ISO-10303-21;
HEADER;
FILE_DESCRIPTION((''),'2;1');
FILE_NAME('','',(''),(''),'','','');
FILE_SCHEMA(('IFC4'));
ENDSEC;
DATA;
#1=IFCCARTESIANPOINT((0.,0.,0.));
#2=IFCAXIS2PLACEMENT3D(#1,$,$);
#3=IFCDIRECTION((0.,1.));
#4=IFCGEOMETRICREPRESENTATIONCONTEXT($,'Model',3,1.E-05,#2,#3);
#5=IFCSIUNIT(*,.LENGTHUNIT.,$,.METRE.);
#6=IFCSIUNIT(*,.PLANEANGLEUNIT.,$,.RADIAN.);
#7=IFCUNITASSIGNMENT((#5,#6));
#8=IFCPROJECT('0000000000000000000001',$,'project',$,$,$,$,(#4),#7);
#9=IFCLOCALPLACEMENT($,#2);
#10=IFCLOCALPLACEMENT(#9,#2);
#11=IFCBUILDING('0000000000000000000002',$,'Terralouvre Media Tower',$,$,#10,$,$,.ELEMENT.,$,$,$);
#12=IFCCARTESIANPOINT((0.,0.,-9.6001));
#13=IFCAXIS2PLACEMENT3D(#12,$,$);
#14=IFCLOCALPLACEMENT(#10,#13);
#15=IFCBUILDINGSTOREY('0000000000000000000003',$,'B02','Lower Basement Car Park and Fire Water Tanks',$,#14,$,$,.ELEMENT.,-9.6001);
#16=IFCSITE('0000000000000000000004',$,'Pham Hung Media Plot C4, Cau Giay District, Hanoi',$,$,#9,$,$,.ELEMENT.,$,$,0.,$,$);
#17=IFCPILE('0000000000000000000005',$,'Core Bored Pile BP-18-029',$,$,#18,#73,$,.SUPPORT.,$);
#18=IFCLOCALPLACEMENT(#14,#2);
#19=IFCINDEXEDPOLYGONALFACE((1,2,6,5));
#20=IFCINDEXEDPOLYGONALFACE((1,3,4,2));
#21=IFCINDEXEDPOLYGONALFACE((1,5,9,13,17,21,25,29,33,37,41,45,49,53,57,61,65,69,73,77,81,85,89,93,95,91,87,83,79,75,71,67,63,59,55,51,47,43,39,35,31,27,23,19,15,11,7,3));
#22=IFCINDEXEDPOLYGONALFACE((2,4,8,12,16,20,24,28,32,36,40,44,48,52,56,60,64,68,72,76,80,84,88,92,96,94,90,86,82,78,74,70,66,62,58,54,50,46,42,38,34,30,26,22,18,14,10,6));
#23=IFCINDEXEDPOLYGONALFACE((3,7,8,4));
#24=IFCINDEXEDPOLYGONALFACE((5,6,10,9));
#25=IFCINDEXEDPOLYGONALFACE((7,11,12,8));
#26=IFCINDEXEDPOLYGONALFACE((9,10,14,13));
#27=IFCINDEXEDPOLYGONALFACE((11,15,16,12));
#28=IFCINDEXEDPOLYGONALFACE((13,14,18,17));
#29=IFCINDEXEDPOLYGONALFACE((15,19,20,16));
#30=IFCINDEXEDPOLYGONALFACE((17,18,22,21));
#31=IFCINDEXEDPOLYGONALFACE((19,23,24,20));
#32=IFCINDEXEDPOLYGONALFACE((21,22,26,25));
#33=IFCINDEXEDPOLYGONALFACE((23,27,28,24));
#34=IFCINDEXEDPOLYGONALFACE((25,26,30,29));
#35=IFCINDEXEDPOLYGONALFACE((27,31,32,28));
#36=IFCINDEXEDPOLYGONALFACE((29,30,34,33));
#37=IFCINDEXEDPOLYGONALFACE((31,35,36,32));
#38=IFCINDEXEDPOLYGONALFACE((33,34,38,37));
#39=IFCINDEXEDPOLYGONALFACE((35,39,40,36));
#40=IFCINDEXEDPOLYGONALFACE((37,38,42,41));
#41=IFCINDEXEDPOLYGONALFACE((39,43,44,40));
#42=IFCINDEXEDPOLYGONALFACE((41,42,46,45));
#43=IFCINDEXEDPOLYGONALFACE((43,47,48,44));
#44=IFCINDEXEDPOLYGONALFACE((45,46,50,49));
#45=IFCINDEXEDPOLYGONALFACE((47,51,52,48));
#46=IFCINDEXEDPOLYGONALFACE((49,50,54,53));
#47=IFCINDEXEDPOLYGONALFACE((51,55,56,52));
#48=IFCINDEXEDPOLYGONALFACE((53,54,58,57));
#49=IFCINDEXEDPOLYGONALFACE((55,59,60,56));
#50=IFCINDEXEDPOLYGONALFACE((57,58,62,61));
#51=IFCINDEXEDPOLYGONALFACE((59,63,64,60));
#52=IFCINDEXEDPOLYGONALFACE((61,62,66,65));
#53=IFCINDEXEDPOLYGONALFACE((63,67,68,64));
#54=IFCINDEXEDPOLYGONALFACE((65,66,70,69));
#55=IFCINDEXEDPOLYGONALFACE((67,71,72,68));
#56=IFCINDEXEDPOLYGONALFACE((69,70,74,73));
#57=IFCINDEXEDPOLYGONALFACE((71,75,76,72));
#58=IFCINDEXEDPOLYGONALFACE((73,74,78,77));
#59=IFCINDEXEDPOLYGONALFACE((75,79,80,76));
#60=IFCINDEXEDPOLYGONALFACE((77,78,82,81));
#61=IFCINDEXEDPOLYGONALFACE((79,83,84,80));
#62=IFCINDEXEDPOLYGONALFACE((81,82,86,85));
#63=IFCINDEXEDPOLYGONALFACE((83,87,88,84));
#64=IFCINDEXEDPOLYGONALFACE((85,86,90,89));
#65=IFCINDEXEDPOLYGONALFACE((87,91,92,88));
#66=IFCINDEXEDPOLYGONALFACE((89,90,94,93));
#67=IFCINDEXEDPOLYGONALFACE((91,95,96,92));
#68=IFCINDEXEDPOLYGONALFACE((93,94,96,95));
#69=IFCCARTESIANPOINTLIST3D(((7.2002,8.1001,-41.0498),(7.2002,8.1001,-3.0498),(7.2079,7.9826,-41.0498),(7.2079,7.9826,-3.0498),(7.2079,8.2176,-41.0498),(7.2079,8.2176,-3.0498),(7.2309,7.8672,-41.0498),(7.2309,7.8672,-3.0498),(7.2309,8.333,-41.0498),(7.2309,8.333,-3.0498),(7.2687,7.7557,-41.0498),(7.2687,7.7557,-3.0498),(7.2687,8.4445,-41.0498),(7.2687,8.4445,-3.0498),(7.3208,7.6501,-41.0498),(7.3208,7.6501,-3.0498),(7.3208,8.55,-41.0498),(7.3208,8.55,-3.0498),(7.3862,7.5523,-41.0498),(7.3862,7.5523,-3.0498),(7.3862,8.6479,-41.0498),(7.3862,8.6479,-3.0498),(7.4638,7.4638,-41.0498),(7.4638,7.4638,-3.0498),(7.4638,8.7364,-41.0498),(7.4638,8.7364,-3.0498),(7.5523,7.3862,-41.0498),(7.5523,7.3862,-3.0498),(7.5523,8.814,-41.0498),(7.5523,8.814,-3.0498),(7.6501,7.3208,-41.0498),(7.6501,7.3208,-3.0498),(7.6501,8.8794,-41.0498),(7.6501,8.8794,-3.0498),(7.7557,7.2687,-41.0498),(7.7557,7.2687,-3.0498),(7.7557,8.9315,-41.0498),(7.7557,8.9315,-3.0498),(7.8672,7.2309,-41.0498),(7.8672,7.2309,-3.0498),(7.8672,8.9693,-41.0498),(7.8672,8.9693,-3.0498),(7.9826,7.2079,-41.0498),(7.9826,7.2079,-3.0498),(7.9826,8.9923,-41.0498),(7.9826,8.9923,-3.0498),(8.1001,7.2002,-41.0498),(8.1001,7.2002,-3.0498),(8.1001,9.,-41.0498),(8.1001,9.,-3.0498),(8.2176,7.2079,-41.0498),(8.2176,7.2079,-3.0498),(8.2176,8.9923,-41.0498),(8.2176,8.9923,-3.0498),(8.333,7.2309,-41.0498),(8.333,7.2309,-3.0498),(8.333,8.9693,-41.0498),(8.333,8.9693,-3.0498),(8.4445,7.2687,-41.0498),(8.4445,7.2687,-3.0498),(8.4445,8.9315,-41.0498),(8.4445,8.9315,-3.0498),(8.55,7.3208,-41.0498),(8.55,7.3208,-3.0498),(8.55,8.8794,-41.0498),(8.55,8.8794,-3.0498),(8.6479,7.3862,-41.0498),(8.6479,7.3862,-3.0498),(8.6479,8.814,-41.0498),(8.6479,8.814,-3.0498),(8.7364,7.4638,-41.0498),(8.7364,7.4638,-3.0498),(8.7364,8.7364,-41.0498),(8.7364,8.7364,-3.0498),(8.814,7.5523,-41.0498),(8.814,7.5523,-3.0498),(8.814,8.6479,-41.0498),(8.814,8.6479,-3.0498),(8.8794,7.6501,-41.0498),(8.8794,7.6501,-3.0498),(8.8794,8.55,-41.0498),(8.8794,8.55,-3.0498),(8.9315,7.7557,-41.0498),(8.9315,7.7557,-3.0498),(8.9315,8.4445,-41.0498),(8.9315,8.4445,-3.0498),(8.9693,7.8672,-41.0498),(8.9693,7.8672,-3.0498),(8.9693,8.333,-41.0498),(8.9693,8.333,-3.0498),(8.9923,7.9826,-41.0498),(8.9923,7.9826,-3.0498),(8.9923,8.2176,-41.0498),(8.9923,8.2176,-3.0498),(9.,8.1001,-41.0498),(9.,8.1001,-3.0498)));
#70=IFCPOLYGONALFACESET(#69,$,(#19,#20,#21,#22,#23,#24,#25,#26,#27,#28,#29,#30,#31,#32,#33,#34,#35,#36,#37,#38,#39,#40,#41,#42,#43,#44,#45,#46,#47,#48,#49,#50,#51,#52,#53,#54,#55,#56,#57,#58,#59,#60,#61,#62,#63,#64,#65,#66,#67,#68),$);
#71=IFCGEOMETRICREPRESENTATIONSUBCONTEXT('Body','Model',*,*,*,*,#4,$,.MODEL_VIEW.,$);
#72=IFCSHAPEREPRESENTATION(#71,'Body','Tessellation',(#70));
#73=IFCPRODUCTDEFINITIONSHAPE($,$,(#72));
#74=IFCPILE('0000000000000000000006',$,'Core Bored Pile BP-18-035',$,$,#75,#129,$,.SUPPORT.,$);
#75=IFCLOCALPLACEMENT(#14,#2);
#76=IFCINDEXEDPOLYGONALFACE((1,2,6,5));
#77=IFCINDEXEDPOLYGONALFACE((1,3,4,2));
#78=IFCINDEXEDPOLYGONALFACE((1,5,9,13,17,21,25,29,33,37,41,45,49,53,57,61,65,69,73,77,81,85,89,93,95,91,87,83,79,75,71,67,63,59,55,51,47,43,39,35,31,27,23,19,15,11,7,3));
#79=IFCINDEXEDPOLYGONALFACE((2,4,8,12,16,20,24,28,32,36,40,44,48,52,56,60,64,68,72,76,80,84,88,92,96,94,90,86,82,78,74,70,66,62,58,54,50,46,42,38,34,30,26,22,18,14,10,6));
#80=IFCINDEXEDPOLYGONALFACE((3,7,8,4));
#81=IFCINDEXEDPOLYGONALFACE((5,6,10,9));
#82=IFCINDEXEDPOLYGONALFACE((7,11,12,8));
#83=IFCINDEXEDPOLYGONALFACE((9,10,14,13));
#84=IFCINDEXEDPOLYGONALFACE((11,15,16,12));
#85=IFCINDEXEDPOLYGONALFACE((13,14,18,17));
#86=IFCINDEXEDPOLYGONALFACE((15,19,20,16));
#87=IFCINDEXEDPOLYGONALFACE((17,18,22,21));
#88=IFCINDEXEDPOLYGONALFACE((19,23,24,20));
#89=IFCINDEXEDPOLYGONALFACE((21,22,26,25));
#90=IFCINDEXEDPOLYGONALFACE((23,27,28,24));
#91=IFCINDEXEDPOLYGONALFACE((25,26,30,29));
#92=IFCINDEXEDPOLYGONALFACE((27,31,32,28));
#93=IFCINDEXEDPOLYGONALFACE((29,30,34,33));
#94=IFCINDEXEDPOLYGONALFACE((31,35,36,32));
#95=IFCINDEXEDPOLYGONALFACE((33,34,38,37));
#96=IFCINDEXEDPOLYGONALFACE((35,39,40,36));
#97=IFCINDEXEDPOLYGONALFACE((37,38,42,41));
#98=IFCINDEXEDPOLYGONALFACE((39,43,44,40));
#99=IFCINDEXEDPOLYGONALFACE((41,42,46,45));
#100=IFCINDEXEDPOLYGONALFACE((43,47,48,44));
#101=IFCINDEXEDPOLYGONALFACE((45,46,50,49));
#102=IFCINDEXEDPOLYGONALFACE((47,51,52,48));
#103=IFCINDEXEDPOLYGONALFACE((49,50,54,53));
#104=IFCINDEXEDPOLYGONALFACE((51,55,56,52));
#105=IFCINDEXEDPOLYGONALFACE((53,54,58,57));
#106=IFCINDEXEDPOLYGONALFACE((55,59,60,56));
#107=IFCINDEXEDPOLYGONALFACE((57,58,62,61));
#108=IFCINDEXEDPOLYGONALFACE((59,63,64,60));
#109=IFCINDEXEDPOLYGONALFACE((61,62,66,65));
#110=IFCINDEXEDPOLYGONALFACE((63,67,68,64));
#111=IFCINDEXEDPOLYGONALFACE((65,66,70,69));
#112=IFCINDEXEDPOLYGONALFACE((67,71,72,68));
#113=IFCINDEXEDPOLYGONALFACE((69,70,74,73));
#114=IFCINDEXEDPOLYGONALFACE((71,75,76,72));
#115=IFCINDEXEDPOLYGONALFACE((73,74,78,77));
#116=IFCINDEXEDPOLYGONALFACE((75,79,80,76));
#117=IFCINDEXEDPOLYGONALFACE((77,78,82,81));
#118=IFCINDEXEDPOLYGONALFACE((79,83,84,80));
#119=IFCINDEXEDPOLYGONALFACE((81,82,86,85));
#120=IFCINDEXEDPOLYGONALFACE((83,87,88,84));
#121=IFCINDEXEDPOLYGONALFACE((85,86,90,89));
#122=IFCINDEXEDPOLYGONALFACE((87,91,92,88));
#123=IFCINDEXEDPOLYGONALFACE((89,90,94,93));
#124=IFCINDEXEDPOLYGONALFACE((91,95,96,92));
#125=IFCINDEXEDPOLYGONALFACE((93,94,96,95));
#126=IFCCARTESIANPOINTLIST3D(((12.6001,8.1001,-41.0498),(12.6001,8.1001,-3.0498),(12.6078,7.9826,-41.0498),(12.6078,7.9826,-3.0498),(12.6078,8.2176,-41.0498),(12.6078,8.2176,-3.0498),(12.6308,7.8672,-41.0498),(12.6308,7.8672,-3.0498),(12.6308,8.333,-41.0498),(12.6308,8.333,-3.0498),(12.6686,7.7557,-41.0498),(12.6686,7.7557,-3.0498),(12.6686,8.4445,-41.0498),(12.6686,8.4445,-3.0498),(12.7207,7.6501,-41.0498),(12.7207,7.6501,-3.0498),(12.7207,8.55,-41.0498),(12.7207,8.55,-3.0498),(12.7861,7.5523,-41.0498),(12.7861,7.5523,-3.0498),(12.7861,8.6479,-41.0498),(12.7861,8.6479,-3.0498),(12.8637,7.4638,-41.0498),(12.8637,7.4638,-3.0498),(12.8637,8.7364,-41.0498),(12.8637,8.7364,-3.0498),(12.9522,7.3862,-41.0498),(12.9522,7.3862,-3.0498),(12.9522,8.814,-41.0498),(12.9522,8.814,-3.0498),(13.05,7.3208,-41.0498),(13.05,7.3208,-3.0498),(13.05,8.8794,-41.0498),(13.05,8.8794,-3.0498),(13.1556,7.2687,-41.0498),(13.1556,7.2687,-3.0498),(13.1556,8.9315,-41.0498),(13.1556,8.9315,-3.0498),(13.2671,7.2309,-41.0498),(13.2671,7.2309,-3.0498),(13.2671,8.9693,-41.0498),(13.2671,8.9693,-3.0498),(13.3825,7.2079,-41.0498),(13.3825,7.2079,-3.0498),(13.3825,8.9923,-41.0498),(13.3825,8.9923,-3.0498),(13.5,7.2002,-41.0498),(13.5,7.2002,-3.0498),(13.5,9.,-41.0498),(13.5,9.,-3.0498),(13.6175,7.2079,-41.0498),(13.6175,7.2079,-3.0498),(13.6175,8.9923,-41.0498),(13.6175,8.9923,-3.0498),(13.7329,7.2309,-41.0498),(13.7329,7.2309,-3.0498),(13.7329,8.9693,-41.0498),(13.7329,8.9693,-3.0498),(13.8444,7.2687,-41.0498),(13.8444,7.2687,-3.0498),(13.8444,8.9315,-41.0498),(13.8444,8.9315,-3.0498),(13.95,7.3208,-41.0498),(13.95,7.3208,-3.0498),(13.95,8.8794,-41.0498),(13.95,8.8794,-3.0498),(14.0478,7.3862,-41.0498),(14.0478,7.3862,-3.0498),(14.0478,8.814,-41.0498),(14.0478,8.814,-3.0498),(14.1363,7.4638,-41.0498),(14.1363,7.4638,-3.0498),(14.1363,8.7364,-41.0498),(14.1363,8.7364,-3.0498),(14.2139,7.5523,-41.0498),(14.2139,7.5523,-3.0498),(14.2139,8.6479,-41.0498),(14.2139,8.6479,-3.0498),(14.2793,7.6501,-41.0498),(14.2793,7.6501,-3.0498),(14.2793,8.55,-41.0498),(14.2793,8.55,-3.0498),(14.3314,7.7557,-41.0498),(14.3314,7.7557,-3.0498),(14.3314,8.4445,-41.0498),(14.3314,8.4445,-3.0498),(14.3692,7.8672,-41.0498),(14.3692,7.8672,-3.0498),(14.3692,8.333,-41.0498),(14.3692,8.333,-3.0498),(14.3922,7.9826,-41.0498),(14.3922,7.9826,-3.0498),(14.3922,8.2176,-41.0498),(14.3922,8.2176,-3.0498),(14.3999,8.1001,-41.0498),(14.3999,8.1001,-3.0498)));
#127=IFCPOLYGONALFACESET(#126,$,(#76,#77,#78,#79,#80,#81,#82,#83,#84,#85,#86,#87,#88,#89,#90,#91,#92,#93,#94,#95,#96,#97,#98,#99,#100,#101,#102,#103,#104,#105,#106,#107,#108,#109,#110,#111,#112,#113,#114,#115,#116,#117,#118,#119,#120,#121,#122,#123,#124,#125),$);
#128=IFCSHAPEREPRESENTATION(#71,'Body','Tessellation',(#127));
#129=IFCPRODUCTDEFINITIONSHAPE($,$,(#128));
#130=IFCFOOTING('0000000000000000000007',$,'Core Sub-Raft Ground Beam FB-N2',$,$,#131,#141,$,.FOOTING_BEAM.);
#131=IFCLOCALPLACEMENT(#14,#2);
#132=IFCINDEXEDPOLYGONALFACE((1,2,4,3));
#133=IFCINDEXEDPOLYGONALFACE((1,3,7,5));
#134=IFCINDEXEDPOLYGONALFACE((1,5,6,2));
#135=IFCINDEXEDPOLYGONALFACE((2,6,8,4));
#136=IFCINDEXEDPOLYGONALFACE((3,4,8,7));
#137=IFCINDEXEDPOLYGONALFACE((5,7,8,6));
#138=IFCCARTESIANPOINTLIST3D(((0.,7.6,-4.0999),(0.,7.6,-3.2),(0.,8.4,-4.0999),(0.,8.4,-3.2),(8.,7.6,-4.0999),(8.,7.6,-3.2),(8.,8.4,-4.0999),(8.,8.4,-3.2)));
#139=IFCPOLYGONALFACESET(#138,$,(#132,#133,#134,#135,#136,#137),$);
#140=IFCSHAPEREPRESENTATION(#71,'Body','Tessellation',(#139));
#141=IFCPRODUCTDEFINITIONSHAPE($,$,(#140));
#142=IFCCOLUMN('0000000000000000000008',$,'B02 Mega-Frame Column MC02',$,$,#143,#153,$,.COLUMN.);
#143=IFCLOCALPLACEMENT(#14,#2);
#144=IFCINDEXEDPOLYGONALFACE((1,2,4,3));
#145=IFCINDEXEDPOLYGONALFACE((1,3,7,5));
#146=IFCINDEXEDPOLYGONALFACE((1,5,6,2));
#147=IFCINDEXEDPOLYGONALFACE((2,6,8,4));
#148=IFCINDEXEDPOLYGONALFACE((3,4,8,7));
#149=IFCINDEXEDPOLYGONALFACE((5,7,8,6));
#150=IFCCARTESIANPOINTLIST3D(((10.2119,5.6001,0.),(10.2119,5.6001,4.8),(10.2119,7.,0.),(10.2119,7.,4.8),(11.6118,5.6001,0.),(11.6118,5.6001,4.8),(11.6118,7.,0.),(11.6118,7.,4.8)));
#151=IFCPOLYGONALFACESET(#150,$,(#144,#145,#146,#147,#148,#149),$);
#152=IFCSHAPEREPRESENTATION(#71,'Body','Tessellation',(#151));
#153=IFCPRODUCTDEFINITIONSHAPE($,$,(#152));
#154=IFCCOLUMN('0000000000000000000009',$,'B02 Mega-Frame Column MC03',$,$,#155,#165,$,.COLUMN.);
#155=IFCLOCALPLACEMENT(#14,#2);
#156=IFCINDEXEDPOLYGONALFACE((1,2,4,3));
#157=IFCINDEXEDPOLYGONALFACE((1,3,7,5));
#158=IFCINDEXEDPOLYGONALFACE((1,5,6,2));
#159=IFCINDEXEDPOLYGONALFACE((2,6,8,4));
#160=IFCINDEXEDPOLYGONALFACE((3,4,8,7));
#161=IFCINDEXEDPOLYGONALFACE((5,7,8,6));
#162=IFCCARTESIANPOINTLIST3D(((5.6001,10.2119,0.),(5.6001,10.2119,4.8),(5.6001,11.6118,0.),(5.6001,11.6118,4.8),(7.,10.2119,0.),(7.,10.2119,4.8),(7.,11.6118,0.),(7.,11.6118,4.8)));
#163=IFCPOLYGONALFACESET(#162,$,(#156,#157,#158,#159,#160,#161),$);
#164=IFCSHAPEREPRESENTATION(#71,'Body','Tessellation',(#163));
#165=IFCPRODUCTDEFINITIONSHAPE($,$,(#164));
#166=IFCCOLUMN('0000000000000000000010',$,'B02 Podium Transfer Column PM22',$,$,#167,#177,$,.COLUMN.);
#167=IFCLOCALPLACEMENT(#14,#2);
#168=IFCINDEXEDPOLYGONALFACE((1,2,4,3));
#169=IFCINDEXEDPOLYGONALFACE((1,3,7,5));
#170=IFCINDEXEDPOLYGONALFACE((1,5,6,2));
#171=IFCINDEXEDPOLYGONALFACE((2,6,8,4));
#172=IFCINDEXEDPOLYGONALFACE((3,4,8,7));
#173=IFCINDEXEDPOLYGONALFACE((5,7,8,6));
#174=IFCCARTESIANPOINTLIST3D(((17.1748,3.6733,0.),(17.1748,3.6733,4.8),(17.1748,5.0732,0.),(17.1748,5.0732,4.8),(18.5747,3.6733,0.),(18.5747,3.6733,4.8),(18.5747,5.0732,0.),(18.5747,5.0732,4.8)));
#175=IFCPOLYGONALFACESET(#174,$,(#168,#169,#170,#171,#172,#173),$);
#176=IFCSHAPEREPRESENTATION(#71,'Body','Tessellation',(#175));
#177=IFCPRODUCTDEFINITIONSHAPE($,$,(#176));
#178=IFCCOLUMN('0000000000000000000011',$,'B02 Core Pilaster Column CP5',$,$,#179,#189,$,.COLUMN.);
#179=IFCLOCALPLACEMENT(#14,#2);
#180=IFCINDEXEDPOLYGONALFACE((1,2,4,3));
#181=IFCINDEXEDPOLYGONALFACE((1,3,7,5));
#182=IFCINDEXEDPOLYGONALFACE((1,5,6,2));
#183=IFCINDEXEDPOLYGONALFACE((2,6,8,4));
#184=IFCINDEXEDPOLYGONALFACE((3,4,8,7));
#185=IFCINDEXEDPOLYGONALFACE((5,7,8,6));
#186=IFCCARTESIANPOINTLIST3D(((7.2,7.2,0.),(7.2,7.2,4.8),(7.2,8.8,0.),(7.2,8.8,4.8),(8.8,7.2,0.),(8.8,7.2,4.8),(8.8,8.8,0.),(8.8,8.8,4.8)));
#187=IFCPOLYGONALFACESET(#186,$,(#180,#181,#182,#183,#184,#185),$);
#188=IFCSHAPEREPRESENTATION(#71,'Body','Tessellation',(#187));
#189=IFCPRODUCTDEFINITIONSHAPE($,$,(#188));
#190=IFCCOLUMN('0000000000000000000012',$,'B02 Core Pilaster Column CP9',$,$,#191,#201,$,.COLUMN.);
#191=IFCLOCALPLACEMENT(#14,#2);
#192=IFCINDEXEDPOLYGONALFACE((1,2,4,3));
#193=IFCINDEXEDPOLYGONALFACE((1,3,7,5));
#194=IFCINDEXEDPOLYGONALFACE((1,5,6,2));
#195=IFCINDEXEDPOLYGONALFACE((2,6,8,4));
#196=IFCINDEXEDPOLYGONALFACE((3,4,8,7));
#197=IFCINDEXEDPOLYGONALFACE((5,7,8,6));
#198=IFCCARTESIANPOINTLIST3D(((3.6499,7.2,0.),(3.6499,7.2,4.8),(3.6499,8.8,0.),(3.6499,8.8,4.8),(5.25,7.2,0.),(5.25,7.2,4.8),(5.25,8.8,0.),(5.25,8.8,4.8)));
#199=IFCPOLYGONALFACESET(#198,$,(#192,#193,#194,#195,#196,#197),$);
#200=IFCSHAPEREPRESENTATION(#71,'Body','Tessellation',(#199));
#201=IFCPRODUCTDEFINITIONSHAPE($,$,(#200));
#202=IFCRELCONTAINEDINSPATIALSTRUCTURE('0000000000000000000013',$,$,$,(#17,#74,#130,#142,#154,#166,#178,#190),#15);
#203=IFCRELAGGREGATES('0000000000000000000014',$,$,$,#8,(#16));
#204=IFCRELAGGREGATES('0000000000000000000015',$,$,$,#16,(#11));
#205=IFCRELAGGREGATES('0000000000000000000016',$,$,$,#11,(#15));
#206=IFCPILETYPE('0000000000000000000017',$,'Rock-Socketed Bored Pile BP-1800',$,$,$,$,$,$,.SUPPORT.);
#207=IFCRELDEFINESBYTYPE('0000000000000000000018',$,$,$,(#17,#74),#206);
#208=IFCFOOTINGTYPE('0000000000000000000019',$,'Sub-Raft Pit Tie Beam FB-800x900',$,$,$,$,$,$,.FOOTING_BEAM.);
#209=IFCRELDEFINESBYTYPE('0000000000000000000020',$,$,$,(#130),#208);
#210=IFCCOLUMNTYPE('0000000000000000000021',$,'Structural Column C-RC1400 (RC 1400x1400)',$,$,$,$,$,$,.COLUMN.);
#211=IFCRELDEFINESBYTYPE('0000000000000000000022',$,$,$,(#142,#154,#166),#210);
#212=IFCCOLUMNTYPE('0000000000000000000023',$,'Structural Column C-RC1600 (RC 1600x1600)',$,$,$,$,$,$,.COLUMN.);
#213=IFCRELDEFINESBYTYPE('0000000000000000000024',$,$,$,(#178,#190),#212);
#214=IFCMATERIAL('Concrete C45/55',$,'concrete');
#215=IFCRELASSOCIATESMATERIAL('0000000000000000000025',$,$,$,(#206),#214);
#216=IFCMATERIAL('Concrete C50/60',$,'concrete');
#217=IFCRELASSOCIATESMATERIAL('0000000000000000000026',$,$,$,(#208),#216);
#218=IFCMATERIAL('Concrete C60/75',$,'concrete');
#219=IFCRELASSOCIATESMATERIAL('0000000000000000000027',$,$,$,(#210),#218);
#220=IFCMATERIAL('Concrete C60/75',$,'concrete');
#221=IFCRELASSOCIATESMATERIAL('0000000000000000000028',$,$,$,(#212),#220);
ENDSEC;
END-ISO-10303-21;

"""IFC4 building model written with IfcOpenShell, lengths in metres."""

from ifc_helpers import new_model, si_unit, direction, frame, origin, origin_2d, place, context, subcontext, project, spatial, rectangle, circle, extrude, material, material_profile, profile_set, type_object, element, save


model = new_model("IFC4")

# Units and contexts
model_context = context("Model", 3, precision=1e-05, world=origin(), true_north=direction((0.0, 1.0)))
body_context = subcontext(model_context, "Body", "Model", "MODEL_VIEW")
ifc_project = project(units=[si_unit("LENGTHUNIT", "METRE"), si_unit("PLANEANGLEUNIT", "RADIAN")], contexts=[model_context])

# Site, building, storey
site_placement = place(None, origin())
site = spatial("IfcSite", under=ifc_project, at=site_placement, Name="Pham Hung Media Plot C4, Cau Giay District, Hanoi", CompositionType="ELEMENT", RefElevation=0.0)
building_placement = place(site_placement, origin())
building = spatial("IfcBuilding", under=site, at=building_placement, Name="Terralouvre Media Tower", CompositionType="ELEMENT")
storey_placement = place(building_placement, frame((0.0, 0.0, -9.6001)))
storey = spatial("IfcBuildingStorey", under=building, at=storey_placement, Name="B02", Description="Lower Basement Car Park and Fire Water Tanks", CompositionType="ELEMENT", Elevation=-9.6001)

# Piles
ifc_material_1 = material(Name="Concrete C45/55", Category="concrete")
ifc_material_profile_1 = material_profile(ifc_material_1, circle(Radius=0.8999, at=origin_2d()), Name="BORED PILE 1800")
ifc_profile_set_1 = profile_set([ifc_material_profile_1], Name="Concrete C45/55")
pile_type_1 = type_object("IfcPileType", Name="Rock-Socketed Bored Pile BP-1800", PredefinedType="SUPPORT", material=ifc_profile_set_1)
for number, where, z_axis, x_axis, name in (
    (1, (8.1001, 8.1001, -3.0498), (0.0, 0.0, -1.0), (1.0, 0.0, 0.0), "Core Bored Pile BP-18-029"),
    (2, (13.5, 8.1001, -3.0498), (0.0, 0.0, -1.0), (1.0, 0.0, 0.0), "Core Bored Pile BP-18-035"),
):
    element("IfcPile", number, at=place(storey_placement, frame(where, z_axis=z_axis, x_axis=x_axis)), inside=storey, type_object=pile_type_1, Name=name, PredefinedType="SUPPORT", context=body_context, shape_type="SweptSolid", body=[
        extrude(circle(Radius=0.8999, at=origin_2d()), origin(), (0.0, 0.0, 1.0), 38.0),
    ])

# Footing
ifc_material_2 = material(Name="Concrete C50/60", Category="concrete")
ifc_material_profile_2 = material_profile(ifc_material_2, rectangle(XDim=0.8, YDim=0.8999, at=origin_2d()), Name="FB 800x900")
ifc_profile_set_2 = profile_set([ifc_material_profile_2], Name="Concrete C50/60")
footing_type = type_object("IfcFootingType", Name="Sub-Raft Pit Tie Beam FB-800x900", PredefinedType="FOOTING_BEAM", material=ifc_profile_set_2)
footing_placement = place(storey_placement, frame((0.0, 8.0, -3.6499), z_axis=(1.0, 0.0, 0.0), x_axis=(0.0, 1.0, 0.0)))
element("IfcFooting", 3, at=footing_placement, inside=storey, type_object=footing_type, Name="Core Sub-Raft Ground Beam FB-N2", PredefinedType="FOOTING_BEAM", context=body_context, shape_type="SweptSolid", body=[
    extrude(rectangle(XDim=0.8, YDim=0.8999, at=origin_2d()), origin(), (0.0, 0.0, 1.0), 8.0),
])

# Columns
ifc_material_3 = material(Name="Concrete C60/75", Category="concrete")
ifc_material_profile_3 = material_profile(ifc_material_3, rectangle(XDim=1.3999, YDim=1.3999, at=origin_2d()), Name="RC 1400x1400")
ifc_profile_set_3 = profile_set([ifc_material_profile_3], Name="Concrete C60/75")
column_type_1 = type_object("IfcColumnType", Name="Structural Column C-RC1400 (RC 1400x1400)", PredefinedType="COLUMN", material=ifc_profile_set_3)
for number, where, z_axis, x_axis, name in (
    (4, (10.9119, 6.3, 0.0), (0.0, 0.0, 1.0), (1.0, 0.0, 0.0), "B02 Mega-Frame Column MC02"),
    (5, (6.3, 10.9119, 0.0), (0.0, 0.0, 1.0), (1.0, 0.0, 0.0), "B02 Mega-Frame Column MC03"),
    (6, (17.8748, 4.3733, 0.0), (0.0, 0.0, 1.0), (1.0, 0.0, 0.0), "B02 Podium Transfer Column PM22"),
):
    element("IfcColumn", number, at=place(storey_placement, frame(where, z_axis=z_axis, x_axis=x_axis)), inside=storey, type_object=column_type_1, Name=name, PredefinedType="COLUMN", context=body_context, shape_type="SweptSolid", body=[
        extrude(rectangle(XDim=1.3999, YDim=1.3999, at=origin_2d()), origin(), (0.0, 0.0, 1.0), 4.8),
    ])
ifc_material_4 = material(Name="Concrete C60/75", Category="concrete")
ifc_material_profile_4 = material_profile(ifc_material_4, rectangle(XDim=1.6001, YDim=1.6001, at=origin_2d()), Name="RC 1600x1600")
ifc_profile_set_4 = profile_set([ifc_material_profile_4], Name="Concrete C60/75")
column_type_2 = type_object("IfcColumnType", Name="Structural Column C-RC1600 (RC 1600x1600)", PredefinedType="COLUMN", material=ifc_profile_set_4)
for number, where, z_axis, x_axis, name in (
    (7, (8.0, 8.0, 0.0), (0.0, 0.0, 1.0), (1.0, 0.0, 0.0), "B02 Core Pilaster Column CP5"),
    (8, (4.45, 8.0, 0.0), (0.0, 0.0, 1.0), (1.0, 0.0, 0.0), "B02 Core Pilaster Column CP9"),
):
    element("IfcColumn", number, at=place(storey_placement, frame(where, z_axis=z_axis, x_axis=x_axis)), inside=storey, type_object=column_type_2, Name=name, PredefinedType="COLUMN", context=body_context, shape_type="SweptSolid", body=[
        extrude(rectangle(XDim=1.6001, YDim=1.6001, at=origin_2d()), origin(), (0.0, 0.0, 1.0), 4.8),
    ])

save(model, "model.ifc")
